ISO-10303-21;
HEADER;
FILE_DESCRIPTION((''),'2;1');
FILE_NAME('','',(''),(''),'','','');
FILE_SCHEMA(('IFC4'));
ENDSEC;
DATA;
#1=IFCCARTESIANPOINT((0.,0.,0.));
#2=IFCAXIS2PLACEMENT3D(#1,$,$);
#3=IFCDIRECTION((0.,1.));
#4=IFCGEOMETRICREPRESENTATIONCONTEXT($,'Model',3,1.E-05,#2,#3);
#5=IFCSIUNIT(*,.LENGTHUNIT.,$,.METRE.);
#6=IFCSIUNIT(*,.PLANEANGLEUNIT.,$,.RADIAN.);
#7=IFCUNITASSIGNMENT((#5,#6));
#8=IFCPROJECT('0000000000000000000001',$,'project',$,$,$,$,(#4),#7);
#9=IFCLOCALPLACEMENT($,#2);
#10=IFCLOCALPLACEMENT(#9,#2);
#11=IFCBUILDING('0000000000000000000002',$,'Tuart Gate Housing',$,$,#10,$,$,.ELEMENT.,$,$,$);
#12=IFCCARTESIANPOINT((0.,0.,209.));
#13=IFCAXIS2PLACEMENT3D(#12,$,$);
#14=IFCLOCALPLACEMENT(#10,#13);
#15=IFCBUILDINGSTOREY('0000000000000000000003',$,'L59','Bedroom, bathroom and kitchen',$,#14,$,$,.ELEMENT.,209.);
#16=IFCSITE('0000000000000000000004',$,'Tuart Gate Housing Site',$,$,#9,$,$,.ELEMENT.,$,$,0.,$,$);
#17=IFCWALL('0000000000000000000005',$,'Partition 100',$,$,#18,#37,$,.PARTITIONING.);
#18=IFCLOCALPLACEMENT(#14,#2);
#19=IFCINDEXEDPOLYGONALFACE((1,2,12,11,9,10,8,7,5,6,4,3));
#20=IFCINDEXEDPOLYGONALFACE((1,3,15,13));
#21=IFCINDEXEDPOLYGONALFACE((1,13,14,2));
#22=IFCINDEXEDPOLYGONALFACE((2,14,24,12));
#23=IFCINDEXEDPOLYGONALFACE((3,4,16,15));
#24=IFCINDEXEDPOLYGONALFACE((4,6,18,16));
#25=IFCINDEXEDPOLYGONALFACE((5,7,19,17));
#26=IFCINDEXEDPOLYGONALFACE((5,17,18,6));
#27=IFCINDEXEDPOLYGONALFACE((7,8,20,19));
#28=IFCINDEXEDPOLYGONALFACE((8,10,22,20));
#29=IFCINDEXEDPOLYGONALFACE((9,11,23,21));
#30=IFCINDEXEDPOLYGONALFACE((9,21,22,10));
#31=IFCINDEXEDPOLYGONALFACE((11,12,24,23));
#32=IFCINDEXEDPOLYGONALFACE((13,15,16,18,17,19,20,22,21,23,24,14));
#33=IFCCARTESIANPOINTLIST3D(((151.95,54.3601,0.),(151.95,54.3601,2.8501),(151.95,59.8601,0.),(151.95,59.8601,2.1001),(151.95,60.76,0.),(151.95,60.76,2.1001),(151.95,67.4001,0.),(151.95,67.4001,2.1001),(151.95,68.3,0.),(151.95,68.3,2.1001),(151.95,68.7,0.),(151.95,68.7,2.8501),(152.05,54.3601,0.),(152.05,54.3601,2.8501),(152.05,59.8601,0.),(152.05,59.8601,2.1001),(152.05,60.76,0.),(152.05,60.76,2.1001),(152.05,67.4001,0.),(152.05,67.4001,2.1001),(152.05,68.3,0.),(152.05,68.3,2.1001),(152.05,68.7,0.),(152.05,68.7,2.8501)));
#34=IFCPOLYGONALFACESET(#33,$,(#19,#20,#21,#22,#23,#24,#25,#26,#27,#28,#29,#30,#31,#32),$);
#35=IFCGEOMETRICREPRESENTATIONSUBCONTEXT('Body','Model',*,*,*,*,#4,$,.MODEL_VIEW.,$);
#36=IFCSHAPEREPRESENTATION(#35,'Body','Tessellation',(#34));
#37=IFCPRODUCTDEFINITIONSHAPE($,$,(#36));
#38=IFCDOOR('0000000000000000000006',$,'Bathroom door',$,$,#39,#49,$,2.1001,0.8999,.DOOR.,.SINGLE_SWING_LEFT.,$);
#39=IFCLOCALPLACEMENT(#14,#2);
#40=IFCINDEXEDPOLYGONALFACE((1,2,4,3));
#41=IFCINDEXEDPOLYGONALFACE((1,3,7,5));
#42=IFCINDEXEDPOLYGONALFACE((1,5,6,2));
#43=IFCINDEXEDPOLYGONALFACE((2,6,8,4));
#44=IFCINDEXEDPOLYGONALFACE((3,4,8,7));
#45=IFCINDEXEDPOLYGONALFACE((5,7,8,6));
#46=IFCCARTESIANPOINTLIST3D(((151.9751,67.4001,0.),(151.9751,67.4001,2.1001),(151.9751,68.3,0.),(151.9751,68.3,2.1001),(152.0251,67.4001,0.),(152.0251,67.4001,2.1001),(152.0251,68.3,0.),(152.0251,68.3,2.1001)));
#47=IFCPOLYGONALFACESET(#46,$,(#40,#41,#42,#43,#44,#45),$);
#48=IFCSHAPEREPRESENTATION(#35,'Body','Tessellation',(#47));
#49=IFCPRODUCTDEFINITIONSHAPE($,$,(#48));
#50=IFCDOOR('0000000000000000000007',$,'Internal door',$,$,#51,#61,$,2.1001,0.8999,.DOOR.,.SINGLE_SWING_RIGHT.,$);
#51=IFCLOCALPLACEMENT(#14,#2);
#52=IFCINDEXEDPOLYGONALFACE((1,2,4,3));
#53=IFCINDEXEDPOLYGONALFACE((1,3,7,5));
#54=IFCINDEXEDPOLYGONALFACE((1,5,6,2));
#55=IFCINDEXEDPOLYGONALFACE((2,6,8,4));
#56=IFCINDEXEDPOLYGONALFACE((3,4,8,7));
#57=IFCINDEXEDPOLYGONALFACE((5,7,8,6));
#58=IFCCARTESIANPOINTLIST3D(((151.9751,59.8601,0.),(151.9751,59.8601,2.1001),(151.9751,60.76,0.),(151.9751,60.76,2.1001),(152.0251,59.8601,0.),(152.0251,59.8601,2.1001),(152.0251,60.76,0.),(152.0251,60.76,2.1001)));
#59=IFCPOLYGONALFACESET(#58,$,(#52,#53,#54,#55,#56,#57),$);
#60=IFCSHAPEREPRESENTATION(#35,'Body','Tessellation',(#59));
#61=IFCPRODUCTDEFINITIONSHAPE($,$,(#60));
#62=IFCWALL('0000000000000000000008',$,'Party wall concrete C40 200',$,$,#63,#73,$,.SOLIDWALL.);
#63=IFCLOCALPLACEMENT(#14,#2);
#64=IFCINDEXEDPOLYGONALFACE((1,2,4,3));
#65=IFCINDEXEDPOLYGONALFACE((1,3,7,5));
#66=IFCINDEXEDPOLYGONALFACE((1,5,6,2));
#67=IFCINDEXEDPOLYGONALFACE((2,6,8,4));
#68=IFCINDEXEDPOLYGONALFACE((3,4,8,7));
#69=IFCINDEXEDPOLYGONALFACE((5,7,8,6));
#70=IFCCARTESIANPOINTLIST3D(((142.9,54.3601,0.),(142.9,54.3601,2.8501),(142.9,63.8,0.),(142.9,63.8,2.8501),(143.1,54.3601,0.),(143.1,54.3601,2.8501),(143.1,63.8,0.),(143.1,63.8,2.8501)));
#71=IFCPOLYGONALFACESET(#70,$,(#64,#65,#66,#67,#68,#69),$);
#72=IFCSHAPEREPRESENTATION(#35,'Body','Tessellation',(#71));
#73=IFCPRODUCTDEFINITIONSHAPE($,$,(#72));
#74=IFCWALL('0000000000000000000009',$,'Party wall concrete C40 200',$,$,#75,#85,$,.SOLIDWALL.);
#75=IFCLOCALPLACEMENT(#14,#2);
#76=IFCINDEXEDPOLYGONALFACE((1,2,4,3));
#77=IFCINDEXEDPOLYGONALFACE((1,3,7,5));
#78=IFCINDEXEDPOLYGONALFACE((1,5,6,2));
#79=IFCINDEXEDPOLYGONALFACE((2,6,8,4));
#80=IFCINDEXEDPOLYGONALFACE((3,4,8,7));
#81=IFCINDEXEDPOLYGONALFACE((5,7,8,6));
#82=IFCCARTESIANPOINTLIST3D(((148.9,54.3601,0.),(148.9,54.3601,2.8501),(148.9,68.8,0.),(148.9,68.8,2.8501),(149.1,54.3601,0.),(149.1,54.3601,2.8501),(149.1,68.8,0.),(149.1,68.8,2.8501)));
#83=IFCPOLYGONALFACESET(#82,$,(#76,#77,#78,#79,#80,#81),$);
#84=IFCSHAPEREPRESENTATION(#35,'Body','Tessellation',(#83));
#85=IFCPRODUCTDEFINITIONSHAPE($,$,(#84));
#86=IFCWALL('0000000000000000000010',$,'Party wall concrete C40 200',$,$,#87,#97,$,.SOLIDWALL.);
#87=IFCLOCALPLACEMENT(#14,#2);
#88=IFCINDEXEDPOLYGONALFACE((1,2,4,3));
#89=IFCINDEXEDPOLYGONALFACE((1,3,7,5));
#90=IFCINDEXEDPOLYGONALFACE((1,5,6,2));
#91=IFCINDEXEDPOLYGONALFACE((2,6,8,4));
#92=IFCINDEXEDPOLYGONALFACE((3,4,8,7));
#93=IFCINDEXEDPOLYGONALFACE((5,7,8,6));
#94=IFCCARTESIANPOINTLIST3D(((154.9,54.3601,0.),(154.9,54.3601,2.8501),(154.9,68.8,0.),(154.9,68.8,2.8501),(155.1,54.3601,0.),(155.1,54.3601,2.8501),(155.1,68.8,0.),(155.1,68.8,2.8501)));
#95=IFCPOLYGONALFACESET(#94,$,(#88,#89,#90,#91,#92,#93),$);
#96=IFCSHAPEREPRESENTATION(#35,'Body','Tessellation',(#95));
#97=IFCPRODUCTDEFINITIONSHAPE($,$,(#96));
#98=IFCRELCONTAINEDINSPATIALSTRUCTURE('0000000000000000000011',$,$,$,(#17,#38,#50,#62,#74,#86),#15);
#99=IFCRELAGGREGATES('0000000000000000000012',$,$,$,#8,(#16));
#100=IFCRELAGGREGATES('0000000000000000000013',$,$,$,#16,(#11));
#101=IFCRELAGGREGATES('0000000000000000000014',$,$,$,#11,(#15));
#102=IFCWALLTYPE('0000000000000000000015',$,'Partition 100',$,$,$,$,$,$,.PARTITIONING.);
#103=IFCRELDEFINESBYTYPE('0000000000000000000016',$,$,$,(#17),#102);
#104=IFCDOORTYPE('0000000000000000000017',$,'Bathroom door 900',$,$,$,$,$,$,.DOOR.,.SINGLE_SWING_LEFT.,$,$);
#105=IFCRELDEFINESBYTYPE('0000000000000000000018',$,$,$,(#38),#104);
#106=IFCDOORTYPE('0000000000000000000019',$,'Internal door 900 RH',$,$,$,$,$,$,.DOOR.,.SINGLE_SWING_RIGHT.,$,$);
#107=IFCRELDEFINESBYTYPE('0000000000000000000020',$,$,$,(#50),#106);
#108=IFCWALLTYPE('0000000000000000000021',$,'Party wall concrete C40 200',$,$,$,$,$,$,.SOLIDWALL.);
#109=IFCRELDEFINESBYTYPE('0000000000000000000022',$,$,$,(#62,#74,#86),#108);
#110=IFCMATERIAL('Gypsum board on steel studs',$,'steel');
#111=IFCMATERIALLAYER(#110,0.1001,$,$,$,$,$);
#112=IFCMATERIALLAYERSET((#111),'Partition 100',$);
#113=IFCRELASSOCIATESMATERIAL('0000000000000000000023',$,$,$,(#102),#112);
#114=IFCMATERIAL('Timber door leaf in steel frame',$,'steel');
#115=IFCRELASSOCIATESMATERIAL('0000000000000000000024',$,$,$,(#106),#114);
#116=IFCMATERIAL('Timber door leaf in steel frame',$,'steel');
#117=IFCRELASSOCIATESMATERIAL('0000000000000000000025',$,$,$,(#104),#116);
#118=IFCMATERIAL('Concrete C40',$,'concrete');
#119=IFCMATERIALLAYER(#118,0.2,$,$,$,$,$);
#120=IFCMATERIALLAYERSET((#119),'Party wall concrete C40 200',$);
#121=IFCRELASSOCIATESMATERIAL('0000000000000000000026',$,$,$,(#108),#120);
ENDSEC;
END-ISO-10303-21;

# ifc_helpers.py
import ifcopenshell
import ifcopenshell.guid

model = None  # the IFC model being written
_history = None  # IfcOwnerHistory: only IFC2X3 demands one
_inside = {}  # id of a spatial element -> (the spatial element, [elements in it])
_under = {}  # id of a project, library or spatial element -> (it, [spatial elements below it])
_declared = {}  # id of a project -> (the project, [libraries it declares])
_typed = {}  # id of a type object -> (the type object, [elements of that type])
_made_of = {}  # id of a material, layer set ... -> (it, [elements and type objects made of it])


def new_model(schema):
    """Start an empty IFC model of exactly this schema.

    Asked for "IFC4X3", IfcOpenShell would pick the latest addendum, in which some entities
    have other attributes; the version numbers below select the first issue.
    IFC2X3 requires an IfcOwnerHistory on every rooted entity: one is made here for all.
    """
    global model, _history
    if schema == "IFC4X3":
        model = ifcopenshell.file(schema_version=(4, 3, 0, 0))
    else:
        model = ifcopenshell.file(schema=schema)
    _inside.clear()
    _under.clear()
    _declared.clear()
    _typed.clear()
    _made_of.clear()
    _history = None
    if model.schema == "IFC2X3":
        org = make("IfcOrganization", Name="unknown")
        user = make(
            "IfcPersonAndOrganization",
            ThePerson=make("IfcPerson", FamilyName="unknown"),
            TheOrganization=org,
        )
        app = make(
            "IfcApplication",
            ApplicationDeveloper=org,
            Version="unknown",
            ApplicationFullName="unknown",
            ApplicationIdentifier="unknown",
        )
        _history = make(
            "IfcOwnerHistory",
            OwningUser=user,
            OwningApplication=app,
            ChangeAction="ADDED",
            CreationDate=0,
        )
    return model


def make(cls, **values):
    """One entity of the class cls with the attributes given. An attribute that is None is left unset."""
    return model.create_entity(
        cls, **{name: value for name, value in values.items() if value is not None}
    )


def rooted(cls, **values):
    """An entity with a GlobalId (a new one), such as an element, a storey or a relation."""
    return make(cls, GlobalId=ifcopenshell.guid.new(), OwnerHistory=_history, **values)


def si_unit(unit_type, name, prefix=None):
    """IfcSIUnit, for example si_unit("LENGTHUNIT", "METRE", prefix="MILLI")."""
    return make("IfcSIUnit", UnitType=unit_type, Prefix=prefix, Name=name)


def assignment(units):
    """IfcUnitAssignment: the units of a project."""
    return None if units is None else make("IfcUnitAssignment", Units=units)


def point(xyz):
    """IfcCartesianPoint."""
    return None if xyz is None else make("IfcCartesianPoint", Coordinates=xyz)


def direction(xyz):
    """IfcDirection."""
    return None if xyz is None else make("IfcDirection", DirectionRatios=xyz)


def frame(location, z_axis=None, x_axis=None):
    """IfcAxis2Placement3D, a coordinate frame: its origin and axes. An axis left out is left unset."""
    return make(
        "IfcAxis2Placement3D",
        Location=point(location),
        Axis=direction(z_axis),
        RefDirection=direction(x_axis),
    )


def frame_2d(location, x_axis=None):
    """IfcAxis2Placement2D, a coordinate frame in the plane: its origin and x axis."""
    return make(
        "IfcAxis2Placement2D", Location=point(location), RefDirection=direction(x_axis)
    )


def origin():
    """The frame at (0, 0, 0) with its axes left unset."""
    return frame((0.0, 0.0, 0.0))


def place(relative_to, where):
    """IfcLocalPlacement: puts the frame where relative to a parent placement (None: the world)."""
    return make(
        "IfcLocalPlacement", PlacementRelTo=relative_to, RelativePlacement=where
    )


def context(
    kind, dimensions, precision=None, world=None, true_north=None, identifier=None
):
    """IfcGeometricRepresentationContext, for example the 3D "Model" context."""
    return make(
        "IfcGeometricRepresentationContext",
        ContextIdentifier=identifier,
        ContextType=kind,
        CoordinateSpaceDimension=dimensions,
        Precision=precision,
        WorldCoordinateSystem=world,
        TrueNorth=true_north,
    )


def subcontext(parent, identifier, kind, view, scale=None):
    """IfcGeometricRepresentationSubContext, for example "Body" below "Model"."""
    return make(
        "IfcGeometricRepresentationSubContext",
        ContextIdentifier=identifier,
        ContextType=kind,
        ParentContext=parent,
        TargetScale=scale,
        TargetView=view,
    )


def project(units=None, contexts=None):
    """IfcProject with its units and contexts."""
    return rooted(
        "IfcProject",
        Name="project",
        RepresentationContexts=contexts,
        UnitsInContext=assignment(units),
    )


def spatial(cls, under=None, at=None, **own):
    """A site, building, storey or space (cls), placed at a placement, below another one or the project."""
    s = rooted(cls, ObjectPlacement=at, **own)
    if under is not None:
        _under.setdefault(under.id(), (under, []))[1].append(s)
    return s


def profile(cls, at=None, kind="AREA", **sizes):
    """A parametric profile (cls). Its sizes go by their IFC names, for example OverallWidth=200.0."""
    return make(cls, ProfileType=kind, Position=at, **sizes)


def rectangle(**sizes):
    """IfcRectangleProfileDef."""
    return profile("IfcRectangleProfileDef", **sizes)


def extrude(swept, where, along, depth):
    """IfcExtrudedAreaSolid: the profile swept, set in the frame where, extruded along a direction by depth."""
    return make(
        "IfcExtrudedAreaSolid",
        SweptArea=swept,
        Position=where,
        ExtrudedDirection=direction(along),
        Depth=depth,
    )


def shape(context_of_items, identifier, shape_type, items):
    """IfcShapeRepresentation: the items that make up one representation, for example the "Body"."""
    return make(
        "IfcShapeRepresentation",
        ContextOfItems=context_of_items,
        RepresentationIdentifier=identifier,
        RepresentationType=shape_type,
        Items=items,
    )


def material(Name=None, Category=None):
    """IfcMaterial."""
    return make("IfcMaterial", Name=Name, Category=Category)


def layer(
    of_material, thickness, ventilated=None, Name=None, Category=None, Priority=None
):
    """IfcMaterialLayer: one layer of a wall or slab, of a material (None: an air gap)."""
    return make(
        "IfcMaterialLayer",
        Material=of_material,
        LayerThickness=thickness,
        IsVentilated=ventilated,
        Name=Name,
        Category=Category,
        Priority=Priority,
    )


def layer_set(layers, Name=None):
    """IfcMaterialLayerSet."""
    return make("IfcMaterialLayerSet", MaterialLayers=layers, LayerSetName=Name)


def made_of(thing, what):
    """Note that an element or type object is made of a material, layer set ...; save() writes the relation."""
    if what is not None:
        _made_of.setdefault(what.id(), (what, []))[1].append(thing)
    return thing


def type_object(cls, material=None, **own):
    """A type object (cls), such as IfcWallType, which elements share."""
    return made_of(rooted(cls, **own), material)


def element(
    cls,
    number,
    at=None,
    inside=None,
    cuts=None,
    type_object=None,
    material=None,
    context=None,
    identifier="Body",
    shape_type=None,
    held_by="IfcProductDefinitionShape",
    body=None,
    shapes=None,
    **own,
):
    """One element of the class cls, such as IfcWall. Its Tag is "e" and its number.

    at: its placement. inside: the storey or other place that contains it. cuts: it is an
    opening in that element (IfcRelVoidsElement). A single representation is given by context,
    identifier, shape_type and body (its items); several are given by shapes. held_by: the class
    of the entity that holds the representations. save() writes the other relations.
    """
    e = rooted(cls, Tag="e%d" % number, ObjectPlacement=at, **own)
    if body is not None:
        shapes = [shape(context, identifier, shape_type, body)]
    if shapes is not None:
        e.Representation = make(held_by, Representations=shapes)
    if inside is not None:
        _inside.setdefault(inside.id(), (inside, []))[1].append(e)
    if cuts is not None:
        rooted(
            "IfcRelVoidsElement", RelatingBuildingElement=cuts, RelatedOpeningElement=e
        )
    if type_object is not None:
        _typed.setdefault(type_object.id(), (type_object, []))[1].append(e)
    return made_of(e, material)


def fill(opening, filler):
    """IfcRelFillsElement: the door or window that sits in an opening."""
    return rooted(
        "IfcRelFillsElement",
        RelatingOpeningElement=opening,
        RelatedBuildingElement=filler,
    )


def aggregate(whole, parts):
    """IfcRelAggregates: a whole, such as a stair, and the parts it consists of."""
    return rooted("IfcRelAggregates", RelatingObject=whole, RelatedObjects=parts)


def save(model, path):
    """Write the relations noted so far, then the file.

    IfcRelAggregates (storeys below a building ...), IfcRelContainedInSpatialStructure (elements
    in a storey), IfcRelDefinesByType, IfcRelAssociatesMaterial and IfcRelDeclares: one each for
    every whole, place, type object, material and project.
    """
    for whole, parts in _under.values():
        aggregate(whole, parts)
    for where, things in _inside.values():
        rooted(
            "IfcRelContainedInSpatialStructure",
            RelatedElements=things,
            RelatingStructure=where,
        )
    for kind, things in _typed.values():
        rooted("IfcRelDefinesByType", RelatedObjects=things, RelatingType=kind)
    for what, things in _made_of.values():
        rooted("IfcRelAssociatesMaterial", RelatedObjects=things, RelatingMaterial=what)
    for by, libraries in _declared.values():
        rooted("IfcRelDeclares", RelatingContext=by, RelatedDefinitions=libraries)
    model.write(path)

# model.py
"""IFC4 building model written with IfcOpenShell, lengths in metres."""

from ifc_helpers import new_model, si_unit, direction, frame, frame_2d, origin, place, context, subcontext, project, spatial, rectangle, extrude, material, layer, layer_set, type_object, element, fill, save


model = new_model("IFC4")

# Units and contexts
model_context = context("Model", 3, precision=1e-05, world=origin(), true_north=direction((0.0, 1.0)))
body_context = subcontext(model_context, "Body", "Model", "MODEL_VIEW")
ifc_project = project(units=[si_unit("LENGTHUNIT", "METRE"), si_unit("PLANEANGLEUNIT", "RADIAN")], contexts=[model_context])

# Site, building, storey
site_placement = place(None, origin())
site = spatial("IfcSite", under=ifc_project, at=site_placement, Name="Tuart Gate Housing Site", CompositionType="ELEMENT", RefElevation=0.0)
building_placement = place(site_placement, origin())
building = spatial("IfcBuilding", under=site, at=building_placement, Name="Tuart Gate Housing", CompositionType="ELEMENT")
storey_placement = place(building_placement, frame((0.0, 0.0, 209.0)))
storey = spatial("IfcBuildingStorey", under=building, at=storey_placement, Name="L59", Description="Bedroom, bathroom and kitchen", CompositionType="ELEMENT", Elevation=209.0)

# Shared definitions
ifc_material_1 = material(Name="Gypsum board on steel studs", Category="steel")
ifc_layer_1 = layer(ifc_material_1, 0.1001)
ifc_layer_set_1 = layer_set([ifc_layer_1], Name="Partition 100")
wall_type_1 = type_object("IfcWallType", Name="Partition 100", PredefinedType="PARTITIONING", material=ifc_layer_set_1)
ifc_material_2 = material(Name="Timber door leaf in steel frame", Category="steel")
door_type_1 = type_object("IfcDoorType", Name="Internal door 900 RH", OperationType="SINGLE_SWING_RIGHT", PredefinedType="DOOR", material=ifc_material_2)

# Wall, openings, doors
wall_1_placement = place(storey_placement, frame((152.0, 54.3601, 0.0), z_axis=(0.0, 0.0, 1.0), x_axis=(0.0, 1.0, 0.0)))
wall_1 = element("IfcWall", 1, at=wall_1_placement, inside=storey, type_object=wall_type_1, Name="Partition 100", PredefinedType="PARTITIONING", context=body_context, shape_type="SweptSolid", body=[
    extrude(rectangle(XDim=14.3398, YDim=0.1001, at=frame_2d((7.1699, 0.0))), origin(), (0.0, 0.0, 1.0), 2.8501),
])
opening_1_placement = place(wall_1_placement, frame((5.5, 0.0, 0.0)))
opening_1 = element("IfcOpeningElement", 2, at=opening_1_placement, cuts=wall_1, PredefinedType="OPENING", context=body_context, shape_type="SweptSolid", body=[
    extrude(rectangle(XDim=0.8999, YDim=2.1001, at=frame_2d((0.45, 1.05))), frame((0.0, 0.0601, 0.0), z_axis=(0.0, -1.0, 0.0), x_axis=(1.0, 0.0, 0.0)), (0.0, 0.0, 1.0), 0.1201),
])
opening_2_placement = place(wall_1_placement, frame((13.04, 0.0, 0.0)))
opening_2 = element("IfcOpeningElement", 3, at=opening_2_placement, cuts=wall_1, PredefinedType="OPENING", context=body_context, shape_type="SweptSolid", body=[
    extrude(rectangle(XDim=0.8999, YDim=2.1001, at=frame_2d((0.45, 1.05))), frame((0.0, 0.0601, 0.0), z_axis=(0.0, -1.0, 0.0), x_axis=(1.0, 0.0, 0.0)), (0.0, 0.0, 1.0), 0.1201),
])
ifc_material_3 = material(Name="Timber door leaf in steel frame", Category="steel")
door_type_2 = type_object("IfcDoorType", Name="Bathroom door 900", OperationType="SINGLE_SWING_LEFT", PredefinedType="DOOR", material=ifc_material_3)
door_1_placement = place(opening_2_placement, frame((0.8999, 0.0, 0.0), z_axis=(0.0, 0.0, 1.0), x_axis=(-1.0, 0.0, 0.0)))
door_1 = element("IfcDoor", 4, at=door_1_placement, inside=storey, type_object=door_type_2, Name="Bathroom door", OperationType="SINGLE_SWING_LEFT", OverallHeight=2.1001, OverallWidth=0.8999, PredefinedType="DOOR", context=body_context, shape_type="SweptSolid", body=[
    extrude(rectangle(XDim=0.8999, YDim=2.1001, at=frame_2d((0.45, 1.05))), frame((0.0, 0.0251, 0.0), z_axis=(0.0, -1.0, 0.0), x_axis=(1.0, 0.0, 0.0)), (0.0, 0.0, 1.0), 0.05),
])
fill(opening_2, door_1)
door_2_placement = place(opening_1_placement, frame((0.8999, 0.0, 0.0), z_axis=(0.0, 0.0, 1.0), x_axis=(-1.0, 0.0, 0.0)))
door_2 = element("IfcDoor", 5, at=door_2_placement, inside=storey, type_object=door_type_1, Name="Internal door", OperationType="SINGLE_SWING_RIGHT", OverallHeight=2.1001, OverallWidth=0.8999, PredefinedType="DOOR", context=body_context, shape_type="SweptSolid", body=[
    extrude(rectangle(XDim=0.8999, YDim=2.1001, at=frame_2d((0.45, 1.05))), frame((0.0, 0.0251, 0.0), z_axis=(0.0, -1.0, 0.0), x_axis=(1.0, 0.0, 0.0)), (0.0, 0.0, 1.0), 0.05),
])
fill(opening_1, door_2)

# Walls
ifc_material_4 = material(Name="Concrete C40", Category="concrete")
ifc_layer_2 = layer(ifc_material_4, 0.2)
ifc_layer_set_2 = layer_set([ifc_layer_2], Name="Party wall concrete C40 200")
wall_type_2 = type_object("IfcWallType", Name="Party wall concrete C40 200", PredefinedType="SOLIDWALL", material=ifc_layer_set_2)
wall_2_placement = place(storey_placement, frame((143.0, 54.3601, 0.0), z_axis=(0.0, 0.0, 1.0), x_axis=(0.0, 1.0, 0.0)))
element("IfcWall", 6, at=wall_2_placement, inside=storey, type_object=wall_type_2, Name="Party wall concrete C40 200", PredefinedType="SOLIDWALL", context=body_context, shape_type="SweptSolid", body=[
    extrude(rectangle(XDim=9.4399, YDim=0.2, at=frame_2d((4.72, 0.0))), origin(), (0.0, 0.0, 1.0), 2.8501),
])
for number, where, z_axis, x_axis, name in (
    (7, (149.0, 54.3601, 0.0), (0.0, 0.0, 1.0), (0.0, 1.0, 0.0), "Party wall concrete C40 200"),
    (8, (155.0, 54.3601, 0.0), (0.0, 0.0, 1.0), (0.0, 1.0, 0.0), "Party wall concrete C40 200"),
):
    element("IfcWall", number, at=place(storey_placement, frame(where, z_axis=z_axis, x_axis=x_axis)), inside=storey, type_object=wall_type_2, Name=name, PredefinedType="SOLIDWALL", context=body_context, shape_type="SweptSolid", body=[
        extrude(rectangle(XDim=14.4399, YDim=0.2, at=frame_2d((7.22, 0.0))), origin(), (0.0, 0.0, 1.0), 2.8501),
    ])

save(model, "model.ifc")
